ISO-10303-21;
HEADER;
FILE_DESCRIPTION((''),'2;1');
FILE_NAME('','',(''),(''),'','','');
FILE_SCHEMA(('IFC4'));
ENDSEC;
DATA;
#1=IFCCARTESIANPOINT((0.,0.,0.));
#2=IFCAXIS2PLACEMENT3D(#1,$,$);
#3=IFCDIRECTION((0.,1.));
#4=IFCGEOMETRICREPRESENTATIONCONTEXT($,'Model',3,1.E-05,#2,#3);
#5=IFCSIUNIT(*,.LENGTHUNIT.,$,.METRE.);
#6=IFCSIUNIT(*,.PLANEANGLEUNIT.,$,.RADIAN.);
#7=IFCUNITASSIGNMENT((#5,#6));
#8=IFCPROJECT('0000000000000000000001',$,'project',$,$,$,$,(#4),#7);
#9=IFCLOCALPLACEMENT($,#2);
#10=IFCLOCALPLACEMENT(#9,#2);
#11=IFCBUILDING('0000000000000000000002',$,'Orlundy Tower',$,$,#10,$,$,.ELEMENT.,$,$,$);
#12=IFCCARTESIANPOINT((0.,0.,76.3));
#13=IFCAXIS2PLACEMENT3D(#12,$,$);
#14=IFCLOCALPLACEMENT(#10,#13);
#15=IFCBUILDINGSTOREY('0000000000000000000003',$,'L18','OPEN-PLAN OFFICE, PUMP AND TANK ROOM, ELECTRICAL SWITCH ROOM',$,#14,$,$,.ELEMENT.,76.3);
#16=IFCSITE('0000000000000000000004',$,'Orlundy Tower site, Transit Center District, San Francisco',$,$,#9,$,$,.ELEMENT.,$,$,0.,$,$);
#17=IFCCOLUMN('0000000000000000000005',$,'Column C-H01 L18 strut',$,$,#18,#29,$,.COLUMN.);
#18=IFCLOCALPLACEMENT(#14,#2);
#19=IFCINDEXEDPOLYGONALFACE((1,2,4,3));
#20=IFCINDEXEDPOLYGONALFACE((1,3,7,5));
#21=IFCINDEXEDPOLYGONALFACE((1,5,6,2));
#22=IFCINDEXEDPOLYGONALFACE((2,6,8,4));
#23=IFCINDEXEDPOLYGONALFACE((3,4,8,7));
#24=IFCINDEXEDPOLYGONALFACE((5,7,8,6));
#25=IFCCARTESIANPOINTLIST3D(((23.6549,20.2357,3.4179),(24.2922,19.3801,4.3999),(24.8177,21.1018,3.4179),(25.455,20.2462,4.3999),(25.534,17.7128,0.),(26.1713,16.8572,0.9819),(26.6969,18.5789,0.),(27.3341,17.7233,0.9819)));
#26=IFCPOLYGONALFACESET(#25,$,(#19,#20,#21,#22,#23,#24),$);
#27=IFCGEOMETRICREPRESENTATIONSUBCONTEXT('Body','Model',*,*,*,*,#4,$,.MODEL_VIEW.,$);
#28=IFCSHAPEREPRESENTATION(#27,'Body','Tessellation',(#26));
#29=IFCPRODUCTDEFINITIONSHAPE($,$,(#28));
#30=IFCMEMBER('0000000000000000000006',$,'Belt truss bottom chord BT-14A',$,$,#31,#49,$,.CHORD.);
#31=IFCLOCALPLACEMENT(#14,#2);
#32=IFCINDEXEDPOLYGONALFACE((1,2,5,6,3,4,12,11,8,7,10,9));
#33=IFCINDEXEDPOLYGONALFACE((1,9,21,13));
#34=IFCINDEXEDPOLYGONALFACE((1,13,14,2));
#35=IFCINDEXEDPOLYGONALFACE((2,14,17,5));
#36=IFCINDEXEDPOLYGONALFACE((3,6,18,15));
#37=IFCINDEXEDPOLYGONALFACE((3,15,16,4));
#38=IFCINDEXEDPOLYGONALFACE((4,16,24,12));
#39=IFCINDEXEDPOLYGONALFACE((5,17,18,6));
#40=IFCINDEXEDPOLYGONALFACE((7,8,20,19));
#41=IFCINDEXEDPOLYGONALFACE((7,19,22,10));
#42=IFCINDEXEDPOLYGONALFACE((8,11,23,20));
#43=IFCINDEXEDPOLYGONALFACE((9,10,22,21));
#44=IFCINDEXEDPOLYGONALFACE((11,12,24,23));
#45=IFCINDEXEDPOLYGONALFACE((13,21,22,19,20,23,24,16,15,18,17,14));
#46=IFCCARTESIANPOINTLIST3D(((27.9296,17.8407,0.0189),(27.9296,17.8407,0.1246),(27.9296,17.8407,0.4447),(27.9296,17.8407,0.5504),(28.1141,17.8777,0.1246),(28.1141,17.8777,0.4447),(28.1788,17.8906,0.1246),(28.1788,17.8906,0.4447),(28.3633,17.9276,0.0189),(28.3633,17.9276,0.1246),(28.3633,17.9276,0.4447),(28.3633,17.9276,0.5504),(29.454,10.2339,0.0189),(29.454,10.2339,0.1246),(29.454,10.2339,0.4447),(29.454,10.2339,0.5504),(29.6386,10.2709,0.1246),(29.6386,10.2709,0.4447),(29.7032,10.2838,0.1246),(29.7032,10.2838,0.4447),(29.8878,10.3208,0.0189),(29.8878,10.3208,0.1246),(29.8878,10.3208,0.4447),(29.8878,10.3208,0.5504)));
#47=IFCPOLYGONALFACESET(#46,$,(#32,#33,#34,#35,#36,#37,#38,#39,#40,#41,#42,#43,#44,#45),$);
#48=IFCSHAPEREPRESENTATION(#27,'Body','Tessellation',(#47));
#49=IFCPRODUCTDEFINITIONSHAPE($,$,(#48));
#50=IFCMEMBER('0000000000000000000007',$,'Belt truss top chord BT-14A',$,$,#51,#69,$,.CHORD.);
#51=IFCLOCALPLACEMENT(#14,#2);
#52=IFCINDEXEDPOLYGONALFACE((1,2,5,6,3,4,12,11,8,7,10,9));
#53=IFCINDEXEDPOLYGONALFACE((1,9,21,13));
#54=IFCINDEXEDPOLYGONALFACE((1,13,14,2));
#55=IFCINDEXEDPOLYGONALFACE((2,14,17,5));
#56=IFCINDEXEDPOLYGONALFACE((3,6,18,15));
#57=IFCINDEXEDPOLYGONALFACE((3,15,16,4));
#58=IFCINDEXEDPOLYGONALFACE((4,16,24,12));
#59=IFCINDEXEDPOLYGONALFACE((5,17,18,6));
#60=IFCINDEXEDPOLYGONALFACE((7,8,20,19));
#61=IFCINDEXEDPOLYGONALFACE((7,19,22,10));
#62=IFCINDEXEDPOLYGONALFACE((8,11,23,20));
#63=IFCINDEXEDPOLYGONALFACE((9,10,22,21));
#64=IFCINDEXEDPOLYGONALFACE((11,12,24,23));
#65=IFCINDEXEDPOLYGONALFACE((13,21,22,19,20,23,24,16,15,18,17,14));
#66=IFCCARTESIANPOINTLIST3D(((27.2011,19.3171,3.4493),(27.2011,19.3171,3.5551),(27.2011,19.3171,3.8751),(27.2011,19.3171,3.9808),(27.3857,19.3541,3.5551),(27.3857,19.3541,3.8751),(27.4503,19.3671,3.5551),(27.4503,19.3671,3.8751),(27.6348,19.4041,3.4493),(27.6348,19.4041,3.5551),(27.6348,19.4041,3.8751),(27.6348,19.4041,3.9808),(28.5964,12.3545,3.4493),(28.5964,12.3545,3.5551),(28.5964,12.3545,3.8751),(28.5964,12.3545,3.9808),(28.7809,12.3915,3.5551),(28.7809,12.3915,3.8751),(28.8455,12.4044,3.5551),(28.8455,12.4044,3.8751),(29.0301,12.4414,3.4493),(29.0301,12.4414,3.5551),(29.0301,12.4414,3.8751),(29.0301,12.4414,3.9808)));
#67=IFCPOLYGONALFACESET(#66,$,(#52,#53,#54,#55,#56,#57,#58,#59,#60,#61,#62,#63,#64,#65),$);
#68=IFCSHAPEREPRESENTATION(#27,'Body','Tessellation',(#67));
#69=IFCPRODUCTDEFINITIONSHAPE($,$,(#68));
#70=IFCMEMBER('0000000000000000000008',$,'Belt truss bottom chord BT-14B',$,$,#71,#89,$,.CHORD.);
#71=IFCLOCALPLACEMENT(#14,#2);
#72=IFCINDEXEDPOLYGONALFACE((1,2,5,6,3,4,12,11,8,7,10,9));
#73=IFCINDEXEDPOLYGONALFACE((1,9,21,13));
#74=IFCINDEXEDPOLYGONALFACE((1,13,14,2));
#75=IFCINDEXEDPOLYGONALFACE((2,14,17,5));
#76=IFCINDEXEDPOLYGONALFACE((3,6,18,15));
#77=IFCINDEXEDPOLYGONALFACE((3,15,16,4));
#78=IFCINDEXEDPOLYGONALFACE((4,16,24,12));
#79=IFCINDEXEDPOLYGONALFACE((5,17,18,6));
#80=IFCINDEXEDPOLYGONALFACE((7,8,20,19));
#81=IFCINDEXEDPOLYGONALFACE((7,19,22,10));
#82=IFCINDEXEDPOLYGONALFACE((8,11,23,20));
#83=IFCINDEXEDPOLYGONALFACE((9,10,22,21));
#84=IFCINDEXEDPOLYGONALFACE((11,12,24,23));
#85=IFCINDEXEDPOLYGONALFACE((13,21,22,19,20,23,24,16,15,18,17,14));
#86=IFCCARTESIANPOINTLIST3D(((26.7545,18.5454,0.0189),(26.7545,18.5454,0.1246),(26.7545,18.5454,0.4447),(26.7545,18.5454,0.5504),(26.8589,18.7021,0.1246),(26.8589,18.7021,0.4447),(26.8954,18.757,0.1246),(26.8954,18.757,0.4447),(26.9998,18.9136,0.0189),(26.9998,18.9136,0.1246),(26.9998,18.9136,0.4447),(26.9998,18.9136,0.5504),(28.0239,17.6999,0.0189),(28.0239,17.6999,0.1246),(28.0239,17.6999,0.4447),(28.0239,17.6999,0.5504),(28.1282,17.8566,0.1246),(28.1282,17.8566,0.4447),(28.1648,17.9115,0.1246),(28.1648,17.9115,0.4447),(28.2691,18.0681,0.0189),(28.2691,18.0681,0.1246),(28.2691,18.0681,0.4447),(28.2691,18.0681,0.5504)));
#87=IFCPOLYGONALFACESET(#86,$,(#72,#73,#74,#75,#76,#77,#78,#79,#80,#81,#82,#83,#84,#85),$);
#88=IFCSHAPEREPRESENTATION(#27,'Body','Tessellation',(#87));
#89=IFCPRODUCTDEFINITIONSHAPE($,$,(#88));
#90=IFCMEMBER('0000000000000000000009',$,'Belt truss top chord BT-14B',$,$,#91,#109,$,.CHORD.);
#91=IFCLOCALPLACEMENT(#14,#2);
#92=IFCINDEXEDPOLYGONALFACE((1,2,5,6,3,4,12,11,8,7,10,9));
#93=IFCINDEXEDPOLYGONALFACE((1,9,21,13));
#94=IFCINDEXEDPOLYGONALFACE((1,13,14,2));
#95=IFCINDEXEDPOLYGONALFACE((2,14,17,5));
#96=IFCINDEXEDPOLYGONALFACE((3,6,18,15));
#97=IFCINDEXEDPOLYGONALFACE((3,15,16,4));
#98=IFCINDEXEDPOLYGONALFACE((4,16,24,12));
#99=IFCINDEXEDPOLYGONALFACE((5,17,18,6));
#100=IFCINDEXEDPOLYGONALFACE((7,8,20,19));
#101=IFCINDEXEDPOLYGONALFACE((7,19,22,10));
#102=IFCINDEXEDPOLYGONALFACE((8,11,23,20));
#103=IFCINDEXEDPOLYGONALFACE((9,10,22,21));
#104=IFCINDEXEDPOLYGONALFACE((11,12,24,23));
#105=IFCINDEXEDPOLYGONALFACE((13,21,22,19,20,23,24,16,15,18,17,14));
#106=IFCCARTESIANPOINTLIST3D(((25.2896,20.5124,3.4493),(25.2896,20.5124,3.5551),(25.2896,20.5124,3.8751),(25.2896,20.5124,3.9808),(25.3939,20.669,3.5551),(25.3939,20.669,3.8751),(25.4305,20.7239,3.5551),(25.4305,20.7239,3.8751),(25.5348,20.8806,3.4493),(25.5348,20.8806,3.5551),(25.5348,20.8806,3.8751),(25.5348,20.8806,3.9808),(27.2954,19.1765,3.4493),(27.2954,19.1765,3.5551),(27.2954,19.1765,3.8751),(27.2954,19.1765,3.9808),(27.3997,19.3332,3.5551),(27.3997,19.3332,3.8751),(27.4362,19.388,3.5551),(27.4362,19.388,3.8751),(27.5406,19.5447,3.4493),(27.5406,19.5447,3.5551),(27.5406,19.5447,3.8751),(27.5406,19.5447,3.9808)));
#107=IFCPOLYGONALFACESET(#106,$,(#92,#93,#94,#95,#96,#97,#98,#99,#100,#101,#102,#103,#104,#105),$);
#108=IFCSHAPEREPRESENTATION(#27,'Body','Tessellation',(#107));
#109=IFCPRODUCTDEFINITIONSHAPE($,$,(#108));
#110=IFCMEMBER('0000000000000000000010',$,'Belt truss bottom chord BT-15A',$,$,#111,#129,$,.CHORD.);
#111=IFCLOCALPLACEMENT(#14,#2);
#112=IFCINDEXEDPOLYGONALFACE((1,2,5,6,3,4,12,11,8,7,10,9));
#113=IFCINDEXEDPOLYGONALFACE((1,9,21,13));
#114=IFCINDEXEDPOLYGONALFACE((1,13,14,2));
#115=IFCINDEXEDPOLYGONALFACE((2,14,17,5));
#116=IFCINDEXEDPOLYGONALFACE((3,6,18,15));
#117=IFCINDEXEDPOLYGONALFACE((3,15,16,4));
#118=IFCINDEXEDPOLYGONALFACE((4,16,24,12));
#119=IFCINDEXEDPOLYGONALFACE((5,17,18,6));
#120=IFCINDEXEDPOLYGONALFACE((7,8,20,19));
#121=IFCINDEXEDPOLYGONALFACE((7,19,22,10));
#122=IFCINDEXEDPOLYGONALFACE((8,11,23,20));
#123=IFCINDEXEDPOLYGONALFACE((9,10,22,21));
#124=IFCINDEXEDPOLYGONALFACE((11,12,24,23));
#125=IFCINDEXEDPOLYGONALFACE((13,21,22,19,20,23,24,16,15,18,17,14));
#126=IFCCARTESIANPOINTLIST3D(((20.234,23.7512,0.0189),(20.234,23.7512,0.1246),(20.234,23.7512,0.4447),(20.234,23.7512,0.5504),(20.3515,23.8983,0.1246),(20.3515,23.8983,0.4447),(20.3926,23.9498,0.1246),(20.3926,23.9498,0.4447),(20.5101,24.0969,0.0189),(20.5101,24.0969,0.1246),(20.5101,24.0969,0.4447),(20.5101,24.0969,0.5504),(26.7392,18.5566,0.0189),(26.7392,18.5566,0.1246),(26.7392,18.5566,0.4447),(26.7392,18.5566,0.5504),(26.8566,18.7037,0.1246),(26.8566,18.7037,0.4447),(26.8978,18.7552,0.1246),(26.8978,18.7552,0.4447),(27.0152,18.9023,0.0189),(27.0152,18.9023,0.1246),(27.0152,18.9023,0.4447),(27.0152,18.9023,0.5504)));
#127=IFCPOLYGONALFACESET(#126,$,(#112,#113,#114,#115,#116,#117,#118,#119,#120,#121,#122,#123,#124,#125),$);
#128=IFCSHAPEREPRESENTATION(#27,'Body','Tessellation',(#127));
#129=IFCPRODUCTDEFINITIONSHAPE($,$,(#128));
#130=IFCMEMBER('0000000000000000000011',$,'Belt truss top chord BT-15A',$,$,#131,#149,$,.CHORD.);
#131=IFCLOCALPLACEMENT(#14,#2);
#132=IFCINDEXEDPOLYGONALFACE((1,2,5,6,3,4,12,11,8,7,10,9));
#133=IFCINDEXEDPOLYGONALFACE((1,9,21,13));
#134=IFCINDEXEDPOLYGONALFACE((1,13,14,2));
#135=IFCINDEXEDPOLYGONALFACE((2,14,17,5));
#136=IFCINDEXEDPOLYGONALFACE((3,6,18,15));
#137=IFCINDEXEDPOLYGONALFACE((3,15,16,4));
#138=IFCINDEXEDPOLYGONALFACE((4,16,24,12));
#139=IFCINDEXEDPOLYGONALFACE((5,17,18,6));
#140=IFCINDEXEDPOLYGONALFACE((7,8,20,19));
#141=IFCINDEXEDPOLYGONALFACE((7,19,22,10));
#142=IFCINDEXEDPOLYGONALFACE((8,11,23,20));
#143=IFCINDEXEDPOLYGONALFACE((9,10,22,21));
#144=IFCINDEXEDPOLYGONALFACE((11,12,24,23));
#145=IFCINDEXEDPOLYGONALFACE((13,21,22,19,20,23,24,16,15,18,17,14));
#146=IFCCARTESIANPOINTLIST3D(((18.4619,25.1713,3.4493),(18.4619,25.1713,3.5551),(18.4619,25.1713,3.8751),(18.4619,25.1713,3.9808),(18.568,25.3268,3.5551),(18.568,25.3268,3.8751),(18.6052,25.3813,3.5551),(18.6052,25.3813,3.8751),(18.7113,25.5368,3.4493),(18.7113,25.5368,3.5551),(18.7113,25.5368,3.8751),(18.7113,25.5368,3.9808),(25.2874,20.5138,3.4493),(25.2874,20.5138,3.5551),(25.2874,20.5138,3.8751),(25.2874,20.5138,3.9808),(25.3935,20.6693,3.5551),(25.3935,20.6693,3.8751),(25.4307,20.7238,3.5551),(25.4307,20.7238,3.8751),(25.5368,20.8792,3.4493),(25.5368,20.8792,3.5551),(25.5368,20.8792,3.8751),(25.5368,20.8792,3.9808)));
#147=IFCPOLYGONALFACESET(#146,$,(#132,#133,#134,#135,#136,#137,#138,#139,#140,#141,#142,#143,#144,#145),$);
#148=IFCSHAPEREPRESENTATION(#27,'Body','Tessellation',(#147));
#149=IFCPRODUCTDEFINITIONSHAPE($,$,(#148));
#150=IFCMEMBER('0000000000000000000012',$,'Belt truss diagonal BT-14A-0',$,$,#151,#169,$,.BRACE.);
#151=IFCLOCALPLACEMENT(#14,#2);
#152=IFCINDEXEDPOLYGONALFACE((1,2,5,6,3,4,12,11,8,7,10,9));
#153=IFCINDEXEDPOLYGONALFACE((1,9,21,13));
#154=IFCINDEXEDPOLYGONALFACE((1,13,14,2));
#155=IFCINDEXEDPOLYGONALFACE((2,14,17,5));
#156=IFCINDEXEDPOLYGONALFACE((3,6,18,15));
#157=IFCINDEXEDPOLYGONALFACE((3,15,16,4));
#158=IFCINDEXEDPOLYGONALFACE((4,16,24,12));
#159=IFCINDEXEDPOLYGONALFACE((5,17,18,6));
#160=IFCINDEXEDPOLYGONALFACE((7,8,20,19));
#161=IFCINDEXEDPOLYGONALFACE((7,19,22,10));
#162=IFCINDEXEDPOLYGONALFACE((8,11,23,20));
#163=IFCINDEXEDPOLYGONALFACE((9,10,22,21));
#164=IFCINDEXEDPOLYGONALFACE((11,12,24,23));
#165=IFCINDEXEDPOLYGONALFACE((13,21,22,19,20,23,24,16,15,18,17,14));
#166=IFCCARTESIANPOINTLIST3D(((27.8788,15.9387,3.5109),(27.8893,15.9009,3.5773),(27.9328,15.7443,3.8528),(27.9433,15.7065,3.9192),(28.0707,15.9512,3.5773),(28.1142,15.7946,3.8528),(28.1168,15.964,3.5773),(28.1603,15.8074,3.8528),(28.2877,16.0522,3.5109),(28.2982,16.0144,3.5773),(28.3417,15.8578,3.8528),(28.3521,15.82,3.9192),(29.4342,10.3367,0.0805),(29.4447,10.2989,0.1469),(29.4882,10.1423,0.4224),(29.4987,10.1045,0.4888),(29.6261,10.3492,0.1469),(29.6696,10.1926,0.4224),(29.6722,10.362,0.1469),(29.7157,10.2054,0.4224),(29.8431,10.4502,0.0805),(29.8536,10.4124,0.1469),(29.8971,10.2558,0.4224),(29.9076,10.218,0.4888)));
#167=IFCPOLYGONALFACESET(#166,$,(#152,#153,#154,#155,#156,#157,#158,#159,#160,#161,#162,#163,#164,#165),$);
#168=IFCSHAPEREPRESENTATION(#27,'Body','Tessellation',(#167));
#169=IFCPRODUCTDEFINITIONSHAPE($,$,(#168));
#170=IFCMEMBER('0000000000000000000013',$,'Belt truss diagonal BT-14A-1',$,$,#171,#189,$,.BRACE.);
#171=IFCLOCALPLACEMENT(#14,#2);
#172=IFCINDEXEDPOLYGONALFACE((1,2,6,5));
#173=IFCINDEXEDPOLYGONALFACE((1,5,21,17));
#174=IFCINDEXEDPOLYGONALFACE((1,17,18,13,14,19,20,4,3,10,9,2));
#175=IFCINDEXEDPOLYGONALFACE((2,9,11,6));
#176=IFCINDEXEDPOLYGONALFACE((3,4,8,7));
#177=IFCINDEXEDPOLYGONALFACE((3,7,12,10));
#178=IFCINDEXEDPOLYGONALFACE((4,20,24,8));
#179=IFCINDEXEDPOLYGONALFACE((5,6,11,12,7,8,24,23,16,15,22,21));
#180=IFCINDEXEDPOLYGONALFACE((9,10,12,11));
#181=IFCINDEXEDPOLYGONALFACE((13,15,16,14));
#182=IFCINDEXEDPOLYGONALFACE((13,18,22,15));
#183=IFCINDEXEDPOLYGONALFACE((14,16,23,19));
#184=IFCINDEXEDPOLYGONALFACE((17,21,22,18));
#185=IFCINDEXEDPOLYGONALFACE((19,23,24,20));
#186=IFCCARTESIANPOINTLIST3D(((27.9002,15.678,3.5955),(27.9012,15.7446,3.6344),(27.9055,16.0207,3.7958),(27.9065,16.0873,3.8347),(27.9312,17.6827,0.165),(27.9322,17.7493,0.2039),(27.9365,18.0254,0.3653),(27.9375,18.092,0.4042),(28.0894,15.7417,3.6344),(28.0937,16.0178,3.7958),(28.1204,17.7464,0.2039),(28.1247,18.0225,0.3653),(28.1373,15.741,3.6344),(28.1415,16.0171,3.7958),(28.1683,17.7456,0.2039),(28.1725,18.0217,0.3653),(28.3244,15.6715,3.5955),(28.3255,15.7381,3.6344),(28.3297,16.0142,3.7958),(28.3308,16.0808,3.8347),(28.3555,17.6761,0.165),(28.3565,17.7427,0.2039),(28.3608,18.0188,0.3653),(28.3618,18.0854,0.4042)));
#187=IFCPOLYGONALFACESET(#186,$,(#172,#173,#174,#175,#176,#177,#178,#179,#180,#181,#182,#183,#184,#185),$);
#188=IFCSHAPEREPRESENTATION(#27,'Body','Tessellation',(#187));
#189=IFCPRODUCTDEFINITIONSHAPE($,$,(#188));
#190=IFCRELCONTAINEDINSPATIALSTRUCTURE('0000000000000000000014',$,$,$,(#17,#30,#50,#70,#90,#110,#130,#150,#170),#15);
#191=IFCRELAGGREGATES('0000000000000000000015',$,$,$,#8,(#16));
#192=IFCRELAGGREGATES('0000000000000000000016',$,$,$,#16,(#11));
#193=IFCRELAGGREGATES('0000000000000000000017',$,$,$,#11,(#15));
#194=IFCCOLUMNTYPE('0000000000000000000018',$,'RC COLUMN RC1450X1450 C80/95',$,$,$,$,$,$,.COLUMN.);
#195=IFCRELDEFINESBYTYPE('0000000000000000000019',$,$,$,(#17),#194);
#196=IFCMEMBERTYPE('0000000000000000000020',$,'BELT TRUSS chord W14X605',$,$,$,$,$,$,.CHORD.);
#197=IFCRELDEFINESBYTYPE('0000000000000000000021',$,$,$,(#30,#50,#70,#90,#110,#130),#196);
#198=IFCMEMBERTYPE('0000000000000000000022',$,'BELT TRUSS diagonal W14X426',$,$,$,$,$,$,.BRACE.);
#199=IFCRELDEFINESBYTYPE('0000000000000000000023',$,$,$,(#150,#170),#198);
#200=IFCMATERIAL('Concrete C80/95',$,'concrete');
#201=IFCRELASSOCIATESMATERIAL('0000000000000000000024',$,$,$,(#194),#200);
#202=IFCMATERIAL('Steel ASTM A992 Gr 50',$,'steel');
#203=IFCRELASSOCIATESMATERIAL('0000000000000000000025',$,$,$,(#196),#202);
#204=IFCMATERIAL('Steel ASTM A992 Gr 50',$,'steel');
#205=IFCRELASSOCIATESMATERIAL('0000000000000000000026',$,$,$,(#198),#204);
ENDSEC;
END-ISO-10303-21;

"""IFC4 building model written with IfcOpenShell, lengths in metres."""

from ifc_helpers import new_model, si_unit, direction, frame, origin, origin_2d, place, context, subcontext, project, spatial, rectangle, i_section, extrude, material, material_profile, profile_set, type_object, element, save


model = new_model("IFC4")

# Units and contexts
model_context = context("Model", 3, precision=1e-05, world=origin(), true_north=direction((0.0, 1.0)))
body_context = subcontext(model_context, "Body", "Model", "MODEL_VIEW")
ifc_project = project(units=[si_unit("LENGTHUNIT", "METRE"), si_unit("PLANEANGLEUNIT", "RADIAN")], contexts=[model_context])

# Site, building, storey
site_placement = place(None, origin())
site = spatial("IfcSite", under=ifc_project, at=site_placement, Name="Orlundy Tower site, Transit Center District, San Francisco", CompositionType="ELEMENT", RefElevation=0.0)
building_placement = place(site_placement, origin())
building = spatial("IfcBuilding", under=site, at=building_placement, Name="Orlundy Tower", CompositionType="ELEMENT")
storey_placement = place(building_placement, frame((0.0, 0.0, 76.3)))
storey = spatial("IfcBuildingStorey", under=building, at=storey_placement, Name="L18", Description="OPEN-PLAN OFFICE, PUMP AND TANK ROOM, ELECTRICAL SWITCH ROOM", CompositionType="ELEMENT", Elevation=76.3)

# Column
ifc_material_1 = material(Name="Concrete C80/95", Category="concrete")
ifc_material_profile_1 = material_profile(ifc_material_1, rectangle(XDim=1.45, YDim=1.45, at=origin_2d()), Name="RC1450X1450")
ifc_profile_set_1 = profile_set([ifc_material_profile_1], Name="Concrete C80/95")
column_type = type_object("IfcColumnType", Name="RC COLUMN RC1450X1450 C80/95", PredefinedType="COLUMN", material=ifc_profile_set_1)
column_placement = place(storey_placement, frame((26.4341, 17.718, 0.491), z_axis=(-0.404526, 0.543116, 0.735788), x_axis=(-0.801989, -0.597339, 0.0)))
element("IfcColumn", 1, at=column_placement, inside=storey, type_object=column_type, Name="Column C-H01 L18 strut", PredefinedType="COLUMN", context=body_context, shape_type="SweptSolid", body=[
    extrude(rectangle(XDim=1.45, YDim=1.45, at=origin_2d()), origin(), (0.0, 0.0, 1.0), 4.6453),
])

# Members
ifc_material_2 = material(Name="Steel ASTM A992 Gr 50", Category="steel")
ifc_material_profile_2 = material_profile(ifc_material_2, i_section(OverallWidth=0.4424, OverallDepth=0.5315, WebThickness=0.0659, FlangeThickness=0.1057, at=origin_2d()), Name="W14X605")
ifc_profile_set_2 = profile_set([ifc_material_profile_2], Name="Steel ASTM A992 Gr 50")
member_type_1 = type_object("IfcMemberType", Name="BELT TRUSS chord W14X605", PredefinedType="CHORD", material=ifc_profile_set_2)
member_1_placement = place(storey_placement, frame((29.6709, 10.2773, 0.2847), z_axis=(-0.196497, 0.980504, 0.0), x_axis=(-0.980504, -0.196497, 0.0)))
element("IfcMember", 2, at=member_1_placement, inside=storey, type_object=member_type_1, Name="Belt truss bottom chord BT-14A", PredefinedType="CHORD", context=body_context, shape_type="SweptSolid", body=[
    extrude(i_section(OverallWidth=0.4424, OverallDepth=0.5315, WebThickness=0.0659, FlangeThickness=0.1057, at=origin_2d()), origin(), (0.0, 0.0, 1.0), 7.7581),
])
member_2_placement = place(storey_placement, frame((28.8132, 12.3979, 3.7151), z_axis=(-0.196486, 0.980507, 0.0), x_axis=(-0.980507, -0.196486, 0.0)))
element("IfcMember", 3, at=member_2_placement, inside=storey, type_object=member_type_1, Name="Belt truss top chord BT-14A", PredefinedType="CHORD", context=body_context, shape_type="SweptSolid", body=[
    extrude(i_section(OverallWidth=0.4424, OverallDepth=0.5315, WebThickness=0.0659, FlangeThickness=0.1057, at=origin_2d()), origin(), (0.0, 0.0, 1.0), 7.1011),
])
member_3_placement = place(storey_placement, frame((28.1465, 17.884, 0.2847), z_axis=(-0.832272, 0.554368, 0.0), x_axis=(-0.554368, -0.832272, 0.0)))
element("IfcMember", 4, at=member_3_placement, inside=storey, type_object=member_type_1, Name="Belt truss bottom chord BT-14B", PredefinedType="CHORD", context=body_context, shape_type="SweptSolid", body=[
    extrude(i_section(OverallWidth=0.4424, OverallDepth=0.5315, WebThickness=0.0659, FlangeThickness=0.1057, at=origin_2d()), origin(), (0.0, 0.0, 1.0), 1.5251),
])
member_4_placement = place(storey_placement, frame((27.418, 19.3606, 3.7151), z_axis=(-0.8323, 0.554326, 0.0), x_axis=(-0.554326, -0.8323, 0.0)))
element("IfcMember", 5, at=member_4_placement, inside=storey, type_object=member_type_1, Name="Belt truss top chord BT-14B", PredefinedType="CHORD", context=body_context, shape_type="SweptSolid", body=[
    extrude(i_section(OverallWidth=0.4424, OverallDepth=0.5315, WebThickness=0.0659, FlangeThickness=0.1057, at=origin_2d()), origin(), (0.0, 0.0, 1.0), 2.4099),
])
member_5_placement = place(storey_placement, frame((26.8772, 18.7295, 0.2847), z_axis=(-0.781426, 0.623997, 0.0), x_axis=(-0.623997, -0.781426, 0.0)))
element("IfcMember", 6, at=member_5_placement, inside=storey, type_object=member_type_1, Name="Belt truss bottom chord BT-15A", PredefinedType="CHORD", context=body_context, shape_type="SweptSolid", body=[
    extrude(i_section(OverallWidth=0.4424, OverallDepth=0.5315, WebThickness=0.0659, FlangeThickness=0.1057, at=origin_2d()), origin(), (0.0, 0.0, 1.0), 8.3247),
])
member_6_placement = place(storey_placement, frame((25.4121, 20.6965, 3.7151), z_axis=(-0.826015, 0.563648, 0.0), x_axis=(-0.563648, -0.826015, 0.0)))
element("IfcMember", 7, at=member_6_placement, inside=storey, type_object=member_type_1, Name="Belt truss top chord BT-15A", PredefinedType="CHORD", context=body_context, shape_type="SweptSolid", body=[
    extrude(i_section(OverallWidth=0.4424, OverallDepth=0.5315, WebThickness=0.0659, FlangeThickness=0.1057, at=origin_2d()), origin(), (0.0, 0.0, 1.0), 8.2632),
])
ifc_material_3 = material(Name="Steel ASTM A992 Gr 50", Category="steel")
ifc_material_profile_3 = material_profile(ifc_material_3, i_section(OverallWidth=0.4243, OverallDepth=0.4741, WebThickness=0.0479, FlangeThickness=0.0771, at=origin_2d()), Name="W14X426")
ifc_profile_set_3 = profile_set([ifc_material_profile_3], Name="Steel ASTM A992 Gr 50")
member_type_2 = type_object("IfcMemberType", Name="BELT TRUSS diagonal W14X426", PredefinedType="BRACE", material=ifc_profile_set_3)
member_7_placement = place(storey_placement, frame((29.6709, 10.2773, 0.2847), z_axis=(-0.230413, 0.829864, 0.508168), x_axis=(-0.963549, -0.267531, 0.0)))
element("IfcMember", 8, at=member_7_placement, inside=storey, type_object=member_type_2, Name="Belt truss diagonal BT-14A-0", PredefinedType="BRACE", context=body_context, shape_type="SweptSolid", body=[
    extrude(i_section(OverallWidth=0.4243, OverallDepth=0.4741, WebThickness=0.0479, FlangeThickness=0.0771, at=origin_2d()), origin(), (0.0, 0.0, 1.0), 6.7505),
])
member_8_placement = place(storey_placement, frame((28.1155, 15.8794, 3.7151), z_axis=(0.007804, 0.504524, -0.863362), x_axis=(-0.99988, 0.015465, 0.0)))
element("IfcMember", 9, at=member_8_placement, inside=storey, type_object=member_type_2, Name="Belt truss diagonal BT-14A-1", PredefinedType="BRACE", context=body_context, shape_type="SweptSolid", body=[
    extrude(i_section(OverallWidth=0.4243, OverallDepth=0.4741, WebThickness=0.0479, FlangeThickness=0.0771, at=origin_2d()), origin(), (0.0, 0.0, 1.0), 3.9734),
])

save(model, "model.ifc")
